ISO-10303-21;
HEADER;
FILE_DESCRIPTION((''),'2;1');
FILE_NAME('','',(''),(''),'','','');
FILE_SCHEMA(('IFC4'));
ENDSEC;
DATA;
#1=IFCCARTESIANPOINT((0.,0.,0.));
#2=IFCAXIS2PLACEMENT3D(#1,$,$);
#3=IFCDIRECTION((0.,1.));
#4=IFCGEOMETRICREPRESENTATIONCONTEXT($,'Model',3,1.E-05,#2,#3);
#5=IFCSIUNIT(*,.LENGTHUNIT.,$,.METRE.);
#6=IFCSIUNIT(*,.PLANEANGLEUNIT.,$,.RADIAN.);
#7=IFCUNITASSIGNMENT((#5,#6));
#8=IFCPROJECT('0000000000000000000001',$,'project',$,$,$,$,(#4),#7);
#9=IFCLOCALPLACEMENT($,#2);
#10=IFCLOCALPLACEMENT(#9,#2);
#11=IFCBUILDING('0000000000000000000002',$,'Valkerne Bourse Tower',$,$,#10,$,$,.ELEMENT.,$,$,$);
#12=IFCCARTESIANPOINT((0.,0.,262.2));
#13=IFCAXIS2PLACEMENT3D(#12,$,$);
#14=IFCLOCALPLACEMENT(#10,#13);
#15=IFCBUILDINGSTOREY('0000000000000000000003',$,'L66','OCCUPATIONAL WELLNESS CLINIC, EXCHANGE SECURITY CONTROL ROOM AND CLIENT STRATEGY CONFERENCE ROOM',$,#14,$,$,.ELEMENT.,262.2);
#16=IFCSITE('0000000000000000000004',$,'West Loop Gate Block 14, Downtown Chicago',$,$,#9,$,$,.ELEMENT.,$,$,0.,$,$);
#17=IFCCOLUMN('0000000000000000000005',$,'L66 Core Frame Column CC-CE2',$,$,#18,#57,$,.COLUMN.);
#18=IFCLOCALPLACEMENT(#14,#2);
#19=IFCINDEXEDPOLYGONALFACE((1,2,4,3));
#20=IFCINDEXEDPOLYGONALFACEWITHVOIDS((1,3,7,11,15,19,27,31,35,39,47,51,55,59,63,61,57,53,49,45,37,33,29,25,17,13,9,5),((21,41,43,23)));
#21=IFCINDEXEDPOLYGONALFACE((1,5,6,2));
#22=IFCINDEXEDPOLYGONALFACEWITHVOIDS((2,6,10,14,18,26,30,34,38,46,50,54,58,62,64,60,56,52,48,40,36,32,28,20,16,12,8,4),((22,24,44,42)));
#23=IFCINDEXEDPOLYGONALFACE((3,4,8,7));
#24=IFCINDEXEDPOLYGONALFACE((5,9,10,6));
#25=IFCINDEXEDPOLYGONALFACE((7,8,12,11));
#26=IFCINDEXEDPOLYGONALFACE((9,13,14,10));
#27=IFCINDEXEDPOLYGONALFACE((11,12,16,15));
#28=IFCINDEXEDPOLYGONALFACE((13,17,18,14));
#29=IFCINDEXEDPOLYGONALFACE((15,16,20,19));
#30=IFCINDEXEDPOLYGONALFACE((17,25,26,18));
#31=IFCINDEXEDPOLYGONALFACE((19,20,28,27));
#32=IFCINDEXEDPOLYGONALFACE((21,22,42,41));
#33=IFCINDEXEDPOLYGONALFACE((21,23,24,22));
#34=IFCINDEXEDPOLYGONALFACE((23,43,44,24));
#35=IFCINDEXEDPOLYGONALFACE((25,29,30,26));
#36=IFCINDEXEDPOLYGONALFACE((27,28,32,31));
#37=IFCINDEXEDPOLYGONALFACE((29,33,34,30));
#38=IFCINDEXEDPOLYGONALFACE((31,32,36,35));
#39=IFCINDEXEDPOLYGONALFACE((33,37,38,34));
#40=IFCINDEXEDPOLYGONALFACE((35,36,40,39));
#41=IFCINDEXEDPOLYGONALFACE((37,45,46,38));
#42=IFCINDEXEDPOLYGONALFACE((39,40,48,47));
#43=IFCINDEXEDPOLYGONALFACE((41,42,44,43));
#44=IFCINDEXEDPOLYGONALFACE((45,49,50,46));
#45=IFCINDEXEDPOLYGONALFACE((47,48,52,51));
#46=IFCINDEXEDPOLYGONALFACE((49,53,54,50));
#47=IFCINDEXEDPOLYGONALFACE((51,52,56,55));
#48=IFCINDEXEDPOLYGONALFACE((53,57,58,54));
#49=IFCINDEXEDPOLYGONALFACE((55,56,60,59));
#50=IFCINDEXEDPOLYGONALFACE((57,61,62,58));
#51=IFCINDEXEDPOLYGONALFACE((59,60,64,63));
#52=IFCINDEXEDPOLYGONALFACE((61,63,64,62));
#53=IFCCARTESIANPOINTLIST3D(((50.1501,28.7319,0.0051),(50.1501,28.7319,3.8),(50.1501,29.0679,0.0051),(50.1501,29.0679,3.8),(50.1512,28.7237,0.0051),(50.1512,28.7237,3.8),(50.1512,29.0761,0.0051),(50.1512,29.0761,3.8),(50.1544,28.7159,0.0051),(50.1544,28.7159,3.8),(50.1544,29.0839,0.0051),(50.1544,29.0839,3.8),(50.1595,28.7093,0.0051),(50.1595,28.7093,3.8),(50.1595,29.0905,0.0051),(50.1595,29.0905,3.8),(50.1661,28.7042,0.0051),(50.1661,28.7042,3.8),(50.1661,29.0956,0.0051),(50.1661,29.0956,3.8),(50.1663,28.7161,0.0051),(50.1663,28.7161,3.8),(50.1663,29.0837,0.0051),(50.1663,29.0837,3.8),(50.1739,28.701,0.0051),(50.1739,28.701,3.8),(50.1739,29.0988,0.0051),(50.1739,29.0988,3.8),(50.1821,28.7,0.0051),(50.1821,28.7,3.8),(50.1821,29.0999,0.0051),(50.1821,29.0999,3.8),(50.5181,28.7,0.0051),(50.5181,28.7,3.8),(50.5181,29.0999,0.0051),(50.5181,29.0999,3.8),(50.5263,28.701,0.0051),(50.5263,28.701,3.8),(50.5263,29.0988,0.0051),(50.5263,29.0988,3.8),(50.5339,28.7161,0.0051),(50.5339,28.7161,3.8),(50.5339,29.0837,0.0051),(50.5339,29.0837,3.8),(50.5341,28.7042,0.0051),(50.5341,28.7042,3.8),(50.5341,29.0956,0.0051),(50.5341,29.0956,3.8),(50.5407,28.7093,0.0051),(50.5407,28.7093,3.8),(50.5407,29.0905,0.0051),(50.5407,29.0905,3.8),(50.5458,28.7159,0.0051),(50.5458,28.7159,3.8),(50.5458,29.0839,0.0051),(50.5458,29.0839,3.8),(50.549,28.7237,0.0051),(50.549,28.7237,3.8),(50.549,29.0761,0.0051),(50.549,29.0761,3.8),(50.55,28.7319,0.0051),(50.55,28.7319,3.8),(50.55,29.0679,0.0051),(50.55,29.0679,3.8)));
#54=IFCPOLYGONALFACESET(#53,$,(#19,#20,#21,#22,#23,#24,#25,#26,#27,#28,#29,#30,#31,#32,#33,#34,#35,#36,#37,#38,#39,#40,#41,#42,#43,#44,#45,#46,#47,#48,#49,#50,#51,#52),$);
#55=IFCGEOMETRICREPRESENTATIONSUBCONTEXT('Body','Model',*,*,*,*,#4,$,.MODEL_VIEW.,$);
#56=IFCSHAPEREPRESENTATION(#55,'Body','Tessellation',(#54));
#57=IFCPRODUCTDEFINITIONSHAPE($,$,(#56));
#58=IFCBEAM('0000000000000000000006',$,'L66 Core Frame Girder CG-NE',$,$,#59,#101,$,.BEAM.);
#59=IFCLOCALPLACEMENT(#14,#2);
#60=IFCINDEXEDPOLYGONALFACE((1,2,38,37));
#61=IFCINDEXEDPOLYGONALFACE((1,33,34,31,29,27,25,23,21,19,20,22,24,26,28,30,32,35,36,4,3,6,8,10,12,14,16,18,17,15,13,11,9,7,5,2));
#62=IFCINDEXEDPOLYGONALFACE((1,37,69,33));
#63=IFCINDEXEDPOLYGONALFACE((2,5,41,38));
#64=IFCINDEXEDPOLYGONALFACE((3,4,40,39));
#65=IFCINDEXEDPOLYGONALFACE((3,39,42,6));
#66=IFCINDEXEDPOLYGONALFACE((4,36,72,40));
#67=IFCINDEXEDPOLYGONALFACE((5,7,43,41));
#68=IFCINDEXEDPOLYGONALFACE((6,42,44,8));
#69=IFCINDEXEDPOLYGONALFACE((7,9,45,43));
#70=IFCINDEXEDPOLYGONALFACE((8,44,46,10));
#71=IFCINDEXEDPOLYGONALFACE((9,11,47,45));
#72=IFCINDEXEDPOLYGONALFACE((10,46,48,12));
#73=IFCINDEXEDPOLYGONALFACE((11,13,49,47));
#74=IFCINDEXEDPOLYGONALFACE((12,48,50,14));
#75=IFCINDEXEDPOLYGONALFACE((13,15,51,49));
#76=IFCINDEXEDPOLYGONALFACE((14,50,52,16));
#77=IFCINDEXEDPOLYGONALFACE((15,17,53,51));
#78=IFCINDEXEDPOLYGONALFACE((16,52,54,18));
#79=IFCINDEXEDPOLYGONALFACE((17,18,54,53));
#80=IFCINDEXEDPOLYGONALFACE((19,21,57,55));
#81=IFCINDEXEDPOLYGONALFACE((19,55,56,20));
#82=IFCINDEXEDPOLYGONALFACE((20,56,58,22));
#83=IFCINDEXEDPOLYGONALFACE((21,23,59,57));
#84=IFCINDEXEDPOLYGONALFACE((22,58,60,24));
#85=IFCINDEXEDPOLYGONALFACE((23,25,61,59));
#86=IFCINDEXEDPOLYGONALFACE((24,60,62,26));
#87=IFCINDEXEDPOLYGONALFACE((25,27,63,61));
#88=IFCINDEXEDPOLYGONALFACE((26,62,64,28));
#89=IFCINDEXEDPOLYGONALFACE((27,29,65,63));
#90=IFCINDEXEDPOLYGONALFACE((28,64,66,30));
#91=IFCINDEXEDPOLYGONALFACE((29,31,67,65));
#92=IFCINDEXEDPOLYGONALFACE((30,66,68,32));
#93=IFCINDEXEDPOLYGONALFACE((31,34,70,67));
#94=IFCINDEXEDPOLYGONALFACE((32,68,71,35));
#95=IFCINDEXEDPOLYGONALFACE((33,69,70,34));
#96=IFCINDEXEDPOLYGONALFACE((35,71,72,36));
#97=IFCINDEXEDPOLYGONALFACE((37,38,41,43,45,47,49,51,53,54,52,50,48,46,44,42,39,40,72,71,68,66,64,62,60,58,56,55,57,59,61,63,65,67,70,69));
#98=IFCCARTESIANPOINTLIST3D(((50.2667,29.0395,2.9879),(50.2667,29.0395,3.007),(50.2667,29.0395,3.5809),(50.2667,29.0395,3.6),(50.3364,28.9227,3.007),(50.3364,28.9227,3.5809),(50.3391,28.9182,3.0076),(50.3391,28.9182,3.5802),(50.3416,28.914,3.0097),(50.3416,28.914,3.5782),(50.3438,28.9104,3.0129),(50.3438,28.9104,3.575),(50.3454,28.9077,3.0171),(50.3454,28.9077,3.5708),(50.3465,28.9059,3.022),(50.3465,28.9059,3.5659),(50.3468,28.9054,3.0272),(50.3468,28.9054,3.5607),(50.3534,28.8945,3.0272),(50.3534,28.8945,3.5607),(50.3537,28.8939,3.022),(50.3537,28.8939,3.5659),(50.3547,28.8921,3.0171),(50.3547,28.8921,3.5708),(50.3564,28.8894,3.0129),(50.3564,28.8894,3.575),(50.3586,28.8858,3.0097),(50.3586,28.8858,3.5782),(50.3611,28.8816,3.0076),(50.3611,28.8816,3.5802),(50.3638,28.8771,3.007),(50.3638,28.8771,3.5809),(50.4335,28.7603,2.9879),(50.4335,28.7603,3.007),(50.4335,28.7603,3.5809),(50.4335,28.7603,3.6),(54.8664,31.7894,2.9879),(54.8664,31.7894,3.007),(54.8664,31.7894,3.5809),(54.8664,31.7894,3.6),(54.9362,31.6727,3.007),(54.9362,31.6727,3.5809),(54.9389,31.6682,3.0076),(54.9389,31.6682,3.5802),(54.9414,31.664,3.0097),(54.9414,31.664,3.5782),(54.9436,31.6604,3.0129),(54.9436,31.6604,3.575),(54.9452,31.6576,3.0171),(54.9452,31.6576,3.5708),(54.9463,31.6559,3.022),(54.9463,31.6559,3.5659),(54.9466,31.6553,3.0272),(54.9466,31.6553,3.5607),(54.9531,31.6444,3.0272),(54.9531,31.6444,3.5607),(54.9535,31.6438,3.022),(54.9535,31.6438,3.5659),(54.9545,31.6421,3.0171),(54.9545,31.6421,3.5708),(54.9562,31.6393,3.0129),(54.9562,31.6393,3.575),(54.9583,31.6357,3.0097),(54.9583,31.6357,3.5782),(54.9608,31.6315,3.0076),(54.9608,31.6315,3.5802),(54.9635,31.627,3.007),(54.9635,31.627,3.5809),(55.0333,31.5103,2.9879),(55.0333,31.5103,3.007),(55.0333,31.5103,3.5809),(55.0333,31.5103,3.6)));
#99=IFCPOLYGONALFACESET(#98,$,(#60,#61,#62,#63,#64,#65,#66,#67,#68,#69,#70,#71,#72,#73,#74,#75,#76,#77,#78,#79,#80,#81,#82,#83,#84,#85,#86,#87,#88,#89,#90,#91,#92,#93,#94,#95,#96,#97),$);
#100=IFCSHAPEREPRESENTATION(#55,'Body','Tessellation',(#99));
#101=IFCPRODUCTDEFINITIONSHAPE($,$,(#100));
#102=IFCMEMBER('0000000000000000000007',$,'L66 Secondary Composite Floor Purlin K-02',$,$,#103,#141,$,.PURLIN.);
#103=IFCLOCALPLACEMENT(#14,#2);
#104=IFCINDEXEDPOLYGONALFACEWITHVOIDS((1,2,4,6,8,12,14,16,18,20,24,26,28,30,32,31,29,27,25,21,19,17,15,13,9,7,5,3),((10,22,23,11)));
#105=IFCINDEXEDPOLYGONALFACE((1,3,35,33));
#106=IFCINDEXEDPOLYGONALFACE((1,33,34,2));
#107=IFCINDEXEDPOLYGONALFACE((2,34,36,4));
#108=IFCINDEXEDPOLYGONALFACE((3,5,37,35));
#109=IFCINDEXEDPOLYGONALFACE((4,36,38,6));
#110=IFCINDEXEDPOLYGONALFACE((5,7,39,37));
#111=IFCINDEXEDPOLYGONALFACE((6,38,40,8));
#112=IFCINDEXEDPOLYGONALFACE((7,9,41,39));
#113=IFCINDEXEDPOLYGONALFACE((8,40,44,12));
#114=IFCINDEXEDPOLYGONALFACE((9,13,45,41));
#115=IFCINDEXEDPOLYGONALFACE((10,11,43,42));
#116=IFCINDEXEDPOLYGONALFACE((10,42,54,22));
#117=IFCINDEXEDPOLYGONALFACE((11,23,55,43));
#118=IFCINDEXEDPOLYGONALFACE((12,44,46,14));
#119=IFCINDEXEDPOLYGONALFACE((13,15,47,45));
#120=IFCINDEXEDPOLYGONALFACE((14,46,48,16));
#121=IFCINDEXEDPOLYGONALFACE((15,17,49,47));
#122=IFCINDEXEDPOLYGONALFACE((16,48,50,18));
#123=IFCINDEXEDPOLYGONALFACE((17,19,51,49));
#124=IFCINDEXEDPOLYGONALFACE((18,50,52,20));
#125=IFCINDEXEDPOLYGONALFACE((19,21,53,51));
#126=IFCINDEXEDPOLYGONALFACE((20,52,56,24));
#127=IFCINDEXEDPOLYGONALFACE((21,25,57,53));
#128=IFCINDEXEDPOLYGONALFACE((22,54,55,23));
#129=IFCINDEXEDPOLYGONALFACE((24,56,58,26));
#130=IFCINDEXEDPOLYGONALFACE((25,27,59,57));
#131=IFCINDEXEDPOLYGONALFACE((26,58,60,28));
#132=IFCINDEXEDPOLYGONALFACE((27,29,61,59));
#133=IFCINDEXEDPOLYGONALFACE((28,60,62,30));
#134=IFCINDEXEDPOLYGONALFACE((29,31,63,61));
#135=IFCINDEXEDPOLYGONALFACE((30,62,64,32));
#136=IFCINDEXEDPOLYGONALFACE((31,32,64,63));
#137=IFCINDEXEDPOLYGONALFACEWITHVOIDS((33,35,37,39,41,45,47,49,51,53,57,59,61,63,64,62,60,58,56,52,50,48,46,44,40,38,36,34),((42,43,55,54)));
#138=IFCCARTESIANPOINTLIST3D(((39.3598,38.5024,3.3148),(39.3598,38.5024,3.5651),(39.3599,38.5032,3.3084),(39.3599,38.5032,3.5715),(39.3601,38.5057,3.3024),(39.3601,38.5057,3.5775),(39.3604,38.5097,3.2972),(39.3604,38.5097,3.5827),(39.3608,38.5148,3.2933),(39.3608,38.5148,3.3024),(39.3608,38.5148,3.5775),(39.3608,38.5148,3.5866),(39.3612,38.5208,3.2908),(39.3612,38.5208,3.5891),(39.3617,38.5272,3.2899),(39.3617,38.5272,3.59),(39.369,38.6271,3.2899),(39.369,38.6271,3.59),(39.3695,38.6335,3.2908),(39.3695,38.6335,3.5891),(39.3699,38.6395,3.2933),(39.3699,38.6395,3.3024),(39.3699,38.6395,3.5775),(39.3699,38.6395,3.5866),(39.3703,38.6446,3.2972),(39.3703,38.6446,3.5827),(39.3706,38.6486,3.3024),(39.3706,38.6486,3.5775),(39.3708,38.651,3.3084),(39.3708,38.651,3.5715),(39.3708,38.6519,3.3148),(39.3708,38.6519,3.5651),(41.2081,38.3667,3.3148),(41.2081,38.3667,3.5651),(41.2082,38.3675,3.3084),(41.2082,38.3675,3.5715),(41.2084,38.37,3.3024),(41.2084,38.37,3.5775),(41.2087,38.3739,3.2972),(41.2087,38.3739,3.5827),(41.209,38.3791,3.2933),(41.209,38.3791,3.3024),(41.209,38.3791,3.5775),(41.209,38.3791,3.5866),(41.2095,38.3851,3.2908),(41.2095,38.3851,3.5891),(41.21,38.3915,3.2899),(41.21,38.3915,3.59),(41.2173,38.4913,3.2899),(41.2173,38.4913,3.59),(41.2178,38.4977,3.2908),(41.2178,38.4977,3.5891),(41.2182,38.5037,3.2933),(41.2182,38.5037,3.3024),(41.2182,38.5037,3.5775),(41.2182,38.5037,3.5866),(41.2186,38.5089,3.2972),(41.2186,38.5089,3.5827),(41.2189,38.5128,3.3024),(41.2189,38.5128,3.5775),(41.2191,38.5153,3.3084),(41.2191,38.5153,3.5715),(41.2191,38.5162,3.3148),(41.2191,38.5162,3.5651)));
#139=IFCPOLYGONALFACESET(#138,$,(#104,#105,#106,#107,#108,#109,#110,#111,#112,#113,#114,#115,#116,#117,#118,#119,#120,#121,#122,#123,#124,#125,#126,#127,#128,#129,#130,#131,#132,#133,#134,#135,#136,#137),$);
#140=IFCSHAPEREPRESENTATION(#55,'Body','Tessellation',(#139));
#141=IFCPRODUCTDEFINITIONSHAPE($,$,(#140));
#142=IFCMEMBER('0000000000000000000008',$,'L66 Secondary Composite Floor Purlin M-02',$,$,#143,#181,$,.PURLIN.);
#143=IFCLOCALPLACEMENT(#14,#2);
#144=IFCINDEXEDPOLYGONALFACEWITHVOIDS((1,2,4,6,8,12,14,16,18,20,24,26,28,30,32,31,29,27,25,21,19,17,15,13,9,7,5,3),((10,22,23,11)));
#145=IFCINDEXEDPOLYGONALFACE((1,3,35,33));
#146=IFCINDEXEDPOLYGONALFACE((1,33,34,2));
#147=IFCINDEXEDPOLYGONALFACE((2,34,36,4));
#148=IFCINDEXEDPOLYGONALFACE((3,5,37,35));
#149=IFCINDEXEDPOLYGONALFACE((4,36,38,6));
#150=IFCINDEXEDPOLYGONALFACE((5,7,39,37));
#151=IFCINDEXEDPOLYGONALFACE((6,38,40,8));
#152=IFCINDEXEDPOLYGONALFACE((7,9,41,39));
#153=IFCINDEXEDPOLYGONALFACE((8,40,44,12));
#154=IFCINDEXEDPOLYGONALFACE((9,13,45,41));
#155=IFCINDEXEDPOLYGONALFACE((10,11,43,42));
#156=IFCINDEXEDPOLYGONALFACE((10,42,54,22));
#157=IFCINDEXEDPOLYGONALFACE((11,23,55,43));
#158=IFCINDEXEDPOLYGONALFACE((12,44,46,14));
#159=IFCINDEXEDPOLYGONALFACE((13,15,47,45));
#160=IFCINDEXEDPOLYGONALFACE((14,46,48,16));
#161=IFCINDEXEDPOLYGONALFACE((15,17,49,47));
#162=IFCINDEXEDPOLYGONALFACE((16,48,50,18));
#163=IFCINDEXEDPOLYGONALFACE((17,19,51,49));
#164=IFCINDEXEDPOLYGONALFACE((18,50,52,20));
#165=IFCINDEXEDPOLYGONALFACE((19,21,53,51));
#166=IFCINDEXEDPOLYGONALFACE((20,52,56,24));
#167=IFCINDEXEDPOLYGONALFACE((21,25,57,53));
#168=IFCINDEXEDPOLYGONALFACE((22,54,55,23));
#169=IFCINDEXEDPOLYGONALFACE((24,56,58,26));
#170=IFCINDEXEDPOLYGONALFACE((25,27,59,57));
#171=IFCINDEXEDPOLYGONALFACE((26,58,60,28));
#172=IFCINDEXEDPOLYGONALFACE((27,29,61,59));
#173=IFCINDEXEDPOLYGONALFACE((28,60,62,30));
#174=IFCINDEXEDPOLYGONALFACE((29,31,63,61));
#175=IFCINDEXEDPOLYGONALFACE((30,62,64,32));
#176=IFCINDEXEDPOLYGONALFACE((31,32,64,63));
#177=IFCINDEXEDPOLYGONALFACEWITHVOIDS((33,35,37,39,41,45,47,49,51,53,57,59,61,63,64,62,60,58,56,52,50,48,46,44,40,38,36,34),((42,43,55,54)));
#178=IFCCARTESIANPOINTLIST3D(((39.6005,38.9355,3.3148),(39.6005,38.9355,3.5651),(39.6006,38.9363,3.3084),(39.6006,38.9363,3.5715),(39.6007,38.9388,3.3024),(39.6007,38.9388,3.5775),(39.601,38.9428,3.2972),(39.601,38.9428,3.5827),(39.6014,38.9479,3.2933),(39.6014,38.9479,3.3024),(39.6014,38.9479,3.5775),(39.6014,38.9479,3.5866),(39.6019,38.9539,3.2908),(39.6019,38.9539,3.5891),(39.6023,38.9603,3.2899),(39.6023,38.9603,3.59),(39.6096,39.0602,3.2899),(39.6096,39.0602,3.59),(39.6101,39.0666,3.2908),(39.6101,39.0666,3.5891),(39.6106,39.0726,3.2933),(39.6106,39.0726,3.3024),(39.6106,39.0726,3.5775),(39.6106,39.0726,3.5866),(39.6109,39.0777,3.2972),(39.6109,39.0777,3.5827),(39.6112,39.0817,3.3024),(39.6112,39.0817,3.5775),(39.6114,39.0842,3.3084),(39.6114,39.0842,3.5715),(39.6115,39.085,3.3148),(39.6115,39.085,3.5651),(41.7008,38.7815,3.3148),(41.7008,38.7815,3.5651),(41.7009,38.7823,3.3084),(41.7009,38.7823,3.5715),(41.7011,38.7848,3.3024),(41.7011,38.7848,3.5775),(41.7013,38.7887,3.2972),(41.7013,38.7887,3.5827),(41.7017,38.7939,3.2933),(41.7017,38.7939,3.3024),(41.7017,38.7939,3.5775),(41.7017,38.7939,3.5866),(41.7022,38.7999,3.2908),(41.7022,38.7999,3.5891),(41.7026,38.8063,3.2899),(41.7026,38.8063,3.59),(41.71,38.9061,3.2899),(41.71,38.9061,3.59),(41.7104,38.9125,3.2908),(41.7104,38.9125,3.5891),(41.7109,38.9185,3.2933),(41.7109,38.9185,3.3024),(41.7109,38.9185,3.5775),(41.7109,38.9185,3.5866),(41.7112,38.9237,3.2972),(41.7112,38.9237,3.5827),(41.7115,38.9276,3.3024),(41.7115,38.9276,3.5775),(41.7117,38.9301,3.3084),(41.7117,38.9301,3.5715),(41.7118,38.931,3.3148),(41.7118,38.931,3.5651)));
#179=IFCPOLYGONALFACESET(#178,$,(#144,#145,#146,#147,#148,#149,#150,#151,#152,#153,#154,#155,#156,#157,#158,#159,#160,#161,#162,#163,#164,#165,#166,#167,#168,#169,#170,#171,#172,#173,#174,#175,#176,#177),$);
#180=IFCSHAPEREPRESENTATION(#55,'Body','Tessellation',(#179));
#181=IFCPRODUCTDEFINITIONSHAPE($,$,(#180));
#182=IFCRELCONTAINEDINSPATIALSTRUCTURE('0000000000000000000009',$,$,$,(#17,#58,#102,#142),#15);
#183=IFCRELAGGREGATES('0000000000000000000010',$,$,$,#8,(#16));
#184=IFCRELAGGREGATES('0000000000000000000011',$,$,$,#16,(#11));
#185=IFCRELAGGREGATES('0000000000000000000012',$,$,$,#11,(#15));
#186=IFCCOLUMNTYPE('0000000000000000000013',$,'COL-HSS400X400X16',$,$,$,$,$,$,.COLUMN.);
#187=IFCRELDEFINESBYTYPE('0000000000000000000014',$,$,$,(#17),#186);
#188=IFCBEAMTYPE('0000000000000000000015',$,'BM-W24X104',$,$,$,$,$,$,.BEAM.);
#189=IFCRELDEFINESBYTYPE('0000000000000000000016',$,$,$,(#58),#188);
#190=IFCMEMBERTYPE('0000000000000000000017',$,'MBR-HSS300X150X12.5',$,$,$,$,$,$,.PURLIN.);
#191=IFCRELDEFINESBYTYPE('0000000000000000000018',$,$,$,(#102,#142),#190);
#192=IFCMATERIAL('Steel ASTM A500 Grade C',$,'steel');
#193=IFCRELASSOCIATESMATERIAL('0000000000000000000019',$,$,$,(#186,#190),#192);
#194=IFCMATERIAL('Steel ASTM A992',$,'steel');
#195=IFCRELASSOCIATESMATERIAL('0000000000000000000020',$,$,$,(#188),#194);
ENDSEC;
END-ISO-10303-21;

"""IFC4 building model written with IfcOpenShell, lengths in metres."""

from ifc_helpers import new_model, si_unit, direction, frame, origin, origin_2d, place, context, subcontext, project, spatial, hollow_rectangle, i_section, extrude, material, material_profile, profile_set, type_object, element, save


model = new_model("IFC4")

# Units and contexts
model_context = context("Model", 3, precision=1e-05, world=origin(), true_north=direction((0.0, 1.0)))
body_context = subcontext(model_context, "Body", "Model", "MODEL_VIEW")
ifc_project = project(units=[si_unit("LENGTHUNIT", "METRE"), si_unit("PLANEANGLEUNIT", "RADIAN")], contexts=[model_context])

# Site, building, storey
site_placement = place(None, origin())
site = spatial("IfcSite", under=ifc_project, at=site_placement, Name="West Loop Gate Block 14, Downtown Chicago", CompositionType="ELEMENT", RefElevation=0.0)
building_placement = place(site_placement, origin())
building = spatial("IfcBuilding", under=site, at=building_placement, Name="Valkerne Bourse Tower", CompositionType="ELEMENT")
storey_placement = place(building_placement, frame((0.0, 0.0, 262.2)))
storey = spatial("IfcBuildingStorey", under=building, at=storey_placement, Name="L66", Description="OCCUPATIONAL WELLNESS CLINIC, EXCHANGE SECURITY CONTROL ROOM AND CLIENT STRATEGY CONFERENCE ROOM", CompositionType="ELEMENT", Elevation=262.2)

# Column
ifc_material_1 = material(Name="Steel ASTM A500 Grade C", Category="steel")
ifc_material_profile_1 = material_profile(ifc_material_1, hollow_rectangle(XDim=0.3999, YDim=0.3999, WallThickness=0.0161, OuterFilletRadius=0.032, at=origin_2d()), Name="HSS400X400X16")
ifc_profile_set_1 = profile_set([ifc_material_profile_1], Name="Steel ASTM A500 Grade C")
column_type = type_object("IfcColumnType", Name="COL-HSS400X400X16", PredefinedType="COLUMN", material=ifc_profile_set_1)
column_placement = place(storey_placement, frame((50.3501, 28.8999, 0.0051), z_axis=(0.0, 0.0, 1.0), x_axis=(1.0, 0.0, 0.0)))
element("IfcColumn", 1, at=column_placement, inside=storey, type_object=column_type, Name="L66 Core Frame Column CC-CE2", PredefinedType="COLUMN", context=body_context, shape_type="SweptSolid", body=[
    extrude(hollow_rectangle(XDim=0.3999, YDim=0.3999, WallThickness=0.0161, OuterFilletRadius=0.032, at=origin_2d()), origin(), (0.0, 0.0, 1.0), 3.7949),
])

# Beam
ifc_material_2 = material(Name="Steel ASTM A992", Category="steel")
ifc_material_profile_2 = material_profile(ifc_material_2, i_section(OverallWidth=0.3252, OverallDepth=0.6121, WebThickness=0.0127, FlangeThickness=0.019, FilletRadius=0.0203, at=origin_2d()), Name="W24X104")
ifc_profile_set_2 = profile_set([ifc_material_profile_2], Name="Steel ASTM A992")
beam_type = type_object("IfcBeamType", Name="BM-W24X104", PredefinedType="BEAM", material=ifc_profile_set_2)
beam_placement = place(storey_placement, frame((50.3501, 28.8999, 3.2939), z_axis=(0.858308, 0.513135, 0.0), x_axis=(-0.513135, 0.858308, 0.0)))
element("IfcBeam", 2, at=beam_placement, inside=storey, type_object=beam_type, Name="L66 Core Frame Girder CG-NE", PredefinedType="BEAM", context=body_context, shape_type="SweptSolid", body=[
    extrude(i_section(OverallWidth=0.3252, OverallDepth=0.6121, WebThickness=0.0127, FlangeThickness=0.019, FilletRadius=0.0203, at=origin_2d()), origin(), (0.0, 0.0, 1.0), 5.3591),
])

# Members
ifc_material_profile_3 = material_profile(ifc_material_1, hollow_rectangle(XDim=0.1499, YDim=0.3, WallThickness=0.0125, OuterFilletRadius=0.0249, at=origin_2d()), Name="HSS300X150X12.5")
ifc_profile_set_3 = profile_set([ifc_material_profile_3], Name="Steel ASTM A500 Grade C")
member_type = type_object("IfcMemberType", Name="MBR-HSS300X150X12.5", PredefinedType="PURLIN", material=ifc_profile_set_3)
member_1_placement = place(storey_placement, frame((41.2136, 38.4414, 3.4399), z_axis=(-0.997314, 0.073241, 0.0), x_axis=(-0.073241, -0.997314, 0.0)))
element("IfcMember", 3, at=member_1_placement, inside=storey, type_object=member_type, Name="L66 Secondary Composite Floor Purlin K-02", PredefinedType="PURLIN", context=body_context, shape_type="SweptSolid", body=[
    extrude(hollow_rectangle(XDim=0.1499, YDim=0.3, WallThickness=0.0125, OuterFilletRadius=0.0249, at=origin_2d()), origin(), (0.0, 0.0, 1.0), 1.8533),
])
member_2_placement = place(storey_placement, frame((41.7063, 38.8562, 3.4399), z_axis=(-0.997321, 0.07315, 0.0), x_axis=(-0.07315, -0.997321, 0.0)))
element("IfcMember", 4, at=member_2_placement, inside=storey, type_object=member_type, Name="L66 Secondary Composite Floor Purlin M-02", PredefinedType="PURLIN", context=body_context, shape_type="SweptSolid", body=[
    extrude(hollow_rectangle(XDim=0.1499, YDim=0.3, WallThickness=0.0125, OuterFilletRadius=0.0249, at=origin_2d()), origin(), (0.0, 0.0, 1.0), 2.106),
])

save(model, "model.ifc")
